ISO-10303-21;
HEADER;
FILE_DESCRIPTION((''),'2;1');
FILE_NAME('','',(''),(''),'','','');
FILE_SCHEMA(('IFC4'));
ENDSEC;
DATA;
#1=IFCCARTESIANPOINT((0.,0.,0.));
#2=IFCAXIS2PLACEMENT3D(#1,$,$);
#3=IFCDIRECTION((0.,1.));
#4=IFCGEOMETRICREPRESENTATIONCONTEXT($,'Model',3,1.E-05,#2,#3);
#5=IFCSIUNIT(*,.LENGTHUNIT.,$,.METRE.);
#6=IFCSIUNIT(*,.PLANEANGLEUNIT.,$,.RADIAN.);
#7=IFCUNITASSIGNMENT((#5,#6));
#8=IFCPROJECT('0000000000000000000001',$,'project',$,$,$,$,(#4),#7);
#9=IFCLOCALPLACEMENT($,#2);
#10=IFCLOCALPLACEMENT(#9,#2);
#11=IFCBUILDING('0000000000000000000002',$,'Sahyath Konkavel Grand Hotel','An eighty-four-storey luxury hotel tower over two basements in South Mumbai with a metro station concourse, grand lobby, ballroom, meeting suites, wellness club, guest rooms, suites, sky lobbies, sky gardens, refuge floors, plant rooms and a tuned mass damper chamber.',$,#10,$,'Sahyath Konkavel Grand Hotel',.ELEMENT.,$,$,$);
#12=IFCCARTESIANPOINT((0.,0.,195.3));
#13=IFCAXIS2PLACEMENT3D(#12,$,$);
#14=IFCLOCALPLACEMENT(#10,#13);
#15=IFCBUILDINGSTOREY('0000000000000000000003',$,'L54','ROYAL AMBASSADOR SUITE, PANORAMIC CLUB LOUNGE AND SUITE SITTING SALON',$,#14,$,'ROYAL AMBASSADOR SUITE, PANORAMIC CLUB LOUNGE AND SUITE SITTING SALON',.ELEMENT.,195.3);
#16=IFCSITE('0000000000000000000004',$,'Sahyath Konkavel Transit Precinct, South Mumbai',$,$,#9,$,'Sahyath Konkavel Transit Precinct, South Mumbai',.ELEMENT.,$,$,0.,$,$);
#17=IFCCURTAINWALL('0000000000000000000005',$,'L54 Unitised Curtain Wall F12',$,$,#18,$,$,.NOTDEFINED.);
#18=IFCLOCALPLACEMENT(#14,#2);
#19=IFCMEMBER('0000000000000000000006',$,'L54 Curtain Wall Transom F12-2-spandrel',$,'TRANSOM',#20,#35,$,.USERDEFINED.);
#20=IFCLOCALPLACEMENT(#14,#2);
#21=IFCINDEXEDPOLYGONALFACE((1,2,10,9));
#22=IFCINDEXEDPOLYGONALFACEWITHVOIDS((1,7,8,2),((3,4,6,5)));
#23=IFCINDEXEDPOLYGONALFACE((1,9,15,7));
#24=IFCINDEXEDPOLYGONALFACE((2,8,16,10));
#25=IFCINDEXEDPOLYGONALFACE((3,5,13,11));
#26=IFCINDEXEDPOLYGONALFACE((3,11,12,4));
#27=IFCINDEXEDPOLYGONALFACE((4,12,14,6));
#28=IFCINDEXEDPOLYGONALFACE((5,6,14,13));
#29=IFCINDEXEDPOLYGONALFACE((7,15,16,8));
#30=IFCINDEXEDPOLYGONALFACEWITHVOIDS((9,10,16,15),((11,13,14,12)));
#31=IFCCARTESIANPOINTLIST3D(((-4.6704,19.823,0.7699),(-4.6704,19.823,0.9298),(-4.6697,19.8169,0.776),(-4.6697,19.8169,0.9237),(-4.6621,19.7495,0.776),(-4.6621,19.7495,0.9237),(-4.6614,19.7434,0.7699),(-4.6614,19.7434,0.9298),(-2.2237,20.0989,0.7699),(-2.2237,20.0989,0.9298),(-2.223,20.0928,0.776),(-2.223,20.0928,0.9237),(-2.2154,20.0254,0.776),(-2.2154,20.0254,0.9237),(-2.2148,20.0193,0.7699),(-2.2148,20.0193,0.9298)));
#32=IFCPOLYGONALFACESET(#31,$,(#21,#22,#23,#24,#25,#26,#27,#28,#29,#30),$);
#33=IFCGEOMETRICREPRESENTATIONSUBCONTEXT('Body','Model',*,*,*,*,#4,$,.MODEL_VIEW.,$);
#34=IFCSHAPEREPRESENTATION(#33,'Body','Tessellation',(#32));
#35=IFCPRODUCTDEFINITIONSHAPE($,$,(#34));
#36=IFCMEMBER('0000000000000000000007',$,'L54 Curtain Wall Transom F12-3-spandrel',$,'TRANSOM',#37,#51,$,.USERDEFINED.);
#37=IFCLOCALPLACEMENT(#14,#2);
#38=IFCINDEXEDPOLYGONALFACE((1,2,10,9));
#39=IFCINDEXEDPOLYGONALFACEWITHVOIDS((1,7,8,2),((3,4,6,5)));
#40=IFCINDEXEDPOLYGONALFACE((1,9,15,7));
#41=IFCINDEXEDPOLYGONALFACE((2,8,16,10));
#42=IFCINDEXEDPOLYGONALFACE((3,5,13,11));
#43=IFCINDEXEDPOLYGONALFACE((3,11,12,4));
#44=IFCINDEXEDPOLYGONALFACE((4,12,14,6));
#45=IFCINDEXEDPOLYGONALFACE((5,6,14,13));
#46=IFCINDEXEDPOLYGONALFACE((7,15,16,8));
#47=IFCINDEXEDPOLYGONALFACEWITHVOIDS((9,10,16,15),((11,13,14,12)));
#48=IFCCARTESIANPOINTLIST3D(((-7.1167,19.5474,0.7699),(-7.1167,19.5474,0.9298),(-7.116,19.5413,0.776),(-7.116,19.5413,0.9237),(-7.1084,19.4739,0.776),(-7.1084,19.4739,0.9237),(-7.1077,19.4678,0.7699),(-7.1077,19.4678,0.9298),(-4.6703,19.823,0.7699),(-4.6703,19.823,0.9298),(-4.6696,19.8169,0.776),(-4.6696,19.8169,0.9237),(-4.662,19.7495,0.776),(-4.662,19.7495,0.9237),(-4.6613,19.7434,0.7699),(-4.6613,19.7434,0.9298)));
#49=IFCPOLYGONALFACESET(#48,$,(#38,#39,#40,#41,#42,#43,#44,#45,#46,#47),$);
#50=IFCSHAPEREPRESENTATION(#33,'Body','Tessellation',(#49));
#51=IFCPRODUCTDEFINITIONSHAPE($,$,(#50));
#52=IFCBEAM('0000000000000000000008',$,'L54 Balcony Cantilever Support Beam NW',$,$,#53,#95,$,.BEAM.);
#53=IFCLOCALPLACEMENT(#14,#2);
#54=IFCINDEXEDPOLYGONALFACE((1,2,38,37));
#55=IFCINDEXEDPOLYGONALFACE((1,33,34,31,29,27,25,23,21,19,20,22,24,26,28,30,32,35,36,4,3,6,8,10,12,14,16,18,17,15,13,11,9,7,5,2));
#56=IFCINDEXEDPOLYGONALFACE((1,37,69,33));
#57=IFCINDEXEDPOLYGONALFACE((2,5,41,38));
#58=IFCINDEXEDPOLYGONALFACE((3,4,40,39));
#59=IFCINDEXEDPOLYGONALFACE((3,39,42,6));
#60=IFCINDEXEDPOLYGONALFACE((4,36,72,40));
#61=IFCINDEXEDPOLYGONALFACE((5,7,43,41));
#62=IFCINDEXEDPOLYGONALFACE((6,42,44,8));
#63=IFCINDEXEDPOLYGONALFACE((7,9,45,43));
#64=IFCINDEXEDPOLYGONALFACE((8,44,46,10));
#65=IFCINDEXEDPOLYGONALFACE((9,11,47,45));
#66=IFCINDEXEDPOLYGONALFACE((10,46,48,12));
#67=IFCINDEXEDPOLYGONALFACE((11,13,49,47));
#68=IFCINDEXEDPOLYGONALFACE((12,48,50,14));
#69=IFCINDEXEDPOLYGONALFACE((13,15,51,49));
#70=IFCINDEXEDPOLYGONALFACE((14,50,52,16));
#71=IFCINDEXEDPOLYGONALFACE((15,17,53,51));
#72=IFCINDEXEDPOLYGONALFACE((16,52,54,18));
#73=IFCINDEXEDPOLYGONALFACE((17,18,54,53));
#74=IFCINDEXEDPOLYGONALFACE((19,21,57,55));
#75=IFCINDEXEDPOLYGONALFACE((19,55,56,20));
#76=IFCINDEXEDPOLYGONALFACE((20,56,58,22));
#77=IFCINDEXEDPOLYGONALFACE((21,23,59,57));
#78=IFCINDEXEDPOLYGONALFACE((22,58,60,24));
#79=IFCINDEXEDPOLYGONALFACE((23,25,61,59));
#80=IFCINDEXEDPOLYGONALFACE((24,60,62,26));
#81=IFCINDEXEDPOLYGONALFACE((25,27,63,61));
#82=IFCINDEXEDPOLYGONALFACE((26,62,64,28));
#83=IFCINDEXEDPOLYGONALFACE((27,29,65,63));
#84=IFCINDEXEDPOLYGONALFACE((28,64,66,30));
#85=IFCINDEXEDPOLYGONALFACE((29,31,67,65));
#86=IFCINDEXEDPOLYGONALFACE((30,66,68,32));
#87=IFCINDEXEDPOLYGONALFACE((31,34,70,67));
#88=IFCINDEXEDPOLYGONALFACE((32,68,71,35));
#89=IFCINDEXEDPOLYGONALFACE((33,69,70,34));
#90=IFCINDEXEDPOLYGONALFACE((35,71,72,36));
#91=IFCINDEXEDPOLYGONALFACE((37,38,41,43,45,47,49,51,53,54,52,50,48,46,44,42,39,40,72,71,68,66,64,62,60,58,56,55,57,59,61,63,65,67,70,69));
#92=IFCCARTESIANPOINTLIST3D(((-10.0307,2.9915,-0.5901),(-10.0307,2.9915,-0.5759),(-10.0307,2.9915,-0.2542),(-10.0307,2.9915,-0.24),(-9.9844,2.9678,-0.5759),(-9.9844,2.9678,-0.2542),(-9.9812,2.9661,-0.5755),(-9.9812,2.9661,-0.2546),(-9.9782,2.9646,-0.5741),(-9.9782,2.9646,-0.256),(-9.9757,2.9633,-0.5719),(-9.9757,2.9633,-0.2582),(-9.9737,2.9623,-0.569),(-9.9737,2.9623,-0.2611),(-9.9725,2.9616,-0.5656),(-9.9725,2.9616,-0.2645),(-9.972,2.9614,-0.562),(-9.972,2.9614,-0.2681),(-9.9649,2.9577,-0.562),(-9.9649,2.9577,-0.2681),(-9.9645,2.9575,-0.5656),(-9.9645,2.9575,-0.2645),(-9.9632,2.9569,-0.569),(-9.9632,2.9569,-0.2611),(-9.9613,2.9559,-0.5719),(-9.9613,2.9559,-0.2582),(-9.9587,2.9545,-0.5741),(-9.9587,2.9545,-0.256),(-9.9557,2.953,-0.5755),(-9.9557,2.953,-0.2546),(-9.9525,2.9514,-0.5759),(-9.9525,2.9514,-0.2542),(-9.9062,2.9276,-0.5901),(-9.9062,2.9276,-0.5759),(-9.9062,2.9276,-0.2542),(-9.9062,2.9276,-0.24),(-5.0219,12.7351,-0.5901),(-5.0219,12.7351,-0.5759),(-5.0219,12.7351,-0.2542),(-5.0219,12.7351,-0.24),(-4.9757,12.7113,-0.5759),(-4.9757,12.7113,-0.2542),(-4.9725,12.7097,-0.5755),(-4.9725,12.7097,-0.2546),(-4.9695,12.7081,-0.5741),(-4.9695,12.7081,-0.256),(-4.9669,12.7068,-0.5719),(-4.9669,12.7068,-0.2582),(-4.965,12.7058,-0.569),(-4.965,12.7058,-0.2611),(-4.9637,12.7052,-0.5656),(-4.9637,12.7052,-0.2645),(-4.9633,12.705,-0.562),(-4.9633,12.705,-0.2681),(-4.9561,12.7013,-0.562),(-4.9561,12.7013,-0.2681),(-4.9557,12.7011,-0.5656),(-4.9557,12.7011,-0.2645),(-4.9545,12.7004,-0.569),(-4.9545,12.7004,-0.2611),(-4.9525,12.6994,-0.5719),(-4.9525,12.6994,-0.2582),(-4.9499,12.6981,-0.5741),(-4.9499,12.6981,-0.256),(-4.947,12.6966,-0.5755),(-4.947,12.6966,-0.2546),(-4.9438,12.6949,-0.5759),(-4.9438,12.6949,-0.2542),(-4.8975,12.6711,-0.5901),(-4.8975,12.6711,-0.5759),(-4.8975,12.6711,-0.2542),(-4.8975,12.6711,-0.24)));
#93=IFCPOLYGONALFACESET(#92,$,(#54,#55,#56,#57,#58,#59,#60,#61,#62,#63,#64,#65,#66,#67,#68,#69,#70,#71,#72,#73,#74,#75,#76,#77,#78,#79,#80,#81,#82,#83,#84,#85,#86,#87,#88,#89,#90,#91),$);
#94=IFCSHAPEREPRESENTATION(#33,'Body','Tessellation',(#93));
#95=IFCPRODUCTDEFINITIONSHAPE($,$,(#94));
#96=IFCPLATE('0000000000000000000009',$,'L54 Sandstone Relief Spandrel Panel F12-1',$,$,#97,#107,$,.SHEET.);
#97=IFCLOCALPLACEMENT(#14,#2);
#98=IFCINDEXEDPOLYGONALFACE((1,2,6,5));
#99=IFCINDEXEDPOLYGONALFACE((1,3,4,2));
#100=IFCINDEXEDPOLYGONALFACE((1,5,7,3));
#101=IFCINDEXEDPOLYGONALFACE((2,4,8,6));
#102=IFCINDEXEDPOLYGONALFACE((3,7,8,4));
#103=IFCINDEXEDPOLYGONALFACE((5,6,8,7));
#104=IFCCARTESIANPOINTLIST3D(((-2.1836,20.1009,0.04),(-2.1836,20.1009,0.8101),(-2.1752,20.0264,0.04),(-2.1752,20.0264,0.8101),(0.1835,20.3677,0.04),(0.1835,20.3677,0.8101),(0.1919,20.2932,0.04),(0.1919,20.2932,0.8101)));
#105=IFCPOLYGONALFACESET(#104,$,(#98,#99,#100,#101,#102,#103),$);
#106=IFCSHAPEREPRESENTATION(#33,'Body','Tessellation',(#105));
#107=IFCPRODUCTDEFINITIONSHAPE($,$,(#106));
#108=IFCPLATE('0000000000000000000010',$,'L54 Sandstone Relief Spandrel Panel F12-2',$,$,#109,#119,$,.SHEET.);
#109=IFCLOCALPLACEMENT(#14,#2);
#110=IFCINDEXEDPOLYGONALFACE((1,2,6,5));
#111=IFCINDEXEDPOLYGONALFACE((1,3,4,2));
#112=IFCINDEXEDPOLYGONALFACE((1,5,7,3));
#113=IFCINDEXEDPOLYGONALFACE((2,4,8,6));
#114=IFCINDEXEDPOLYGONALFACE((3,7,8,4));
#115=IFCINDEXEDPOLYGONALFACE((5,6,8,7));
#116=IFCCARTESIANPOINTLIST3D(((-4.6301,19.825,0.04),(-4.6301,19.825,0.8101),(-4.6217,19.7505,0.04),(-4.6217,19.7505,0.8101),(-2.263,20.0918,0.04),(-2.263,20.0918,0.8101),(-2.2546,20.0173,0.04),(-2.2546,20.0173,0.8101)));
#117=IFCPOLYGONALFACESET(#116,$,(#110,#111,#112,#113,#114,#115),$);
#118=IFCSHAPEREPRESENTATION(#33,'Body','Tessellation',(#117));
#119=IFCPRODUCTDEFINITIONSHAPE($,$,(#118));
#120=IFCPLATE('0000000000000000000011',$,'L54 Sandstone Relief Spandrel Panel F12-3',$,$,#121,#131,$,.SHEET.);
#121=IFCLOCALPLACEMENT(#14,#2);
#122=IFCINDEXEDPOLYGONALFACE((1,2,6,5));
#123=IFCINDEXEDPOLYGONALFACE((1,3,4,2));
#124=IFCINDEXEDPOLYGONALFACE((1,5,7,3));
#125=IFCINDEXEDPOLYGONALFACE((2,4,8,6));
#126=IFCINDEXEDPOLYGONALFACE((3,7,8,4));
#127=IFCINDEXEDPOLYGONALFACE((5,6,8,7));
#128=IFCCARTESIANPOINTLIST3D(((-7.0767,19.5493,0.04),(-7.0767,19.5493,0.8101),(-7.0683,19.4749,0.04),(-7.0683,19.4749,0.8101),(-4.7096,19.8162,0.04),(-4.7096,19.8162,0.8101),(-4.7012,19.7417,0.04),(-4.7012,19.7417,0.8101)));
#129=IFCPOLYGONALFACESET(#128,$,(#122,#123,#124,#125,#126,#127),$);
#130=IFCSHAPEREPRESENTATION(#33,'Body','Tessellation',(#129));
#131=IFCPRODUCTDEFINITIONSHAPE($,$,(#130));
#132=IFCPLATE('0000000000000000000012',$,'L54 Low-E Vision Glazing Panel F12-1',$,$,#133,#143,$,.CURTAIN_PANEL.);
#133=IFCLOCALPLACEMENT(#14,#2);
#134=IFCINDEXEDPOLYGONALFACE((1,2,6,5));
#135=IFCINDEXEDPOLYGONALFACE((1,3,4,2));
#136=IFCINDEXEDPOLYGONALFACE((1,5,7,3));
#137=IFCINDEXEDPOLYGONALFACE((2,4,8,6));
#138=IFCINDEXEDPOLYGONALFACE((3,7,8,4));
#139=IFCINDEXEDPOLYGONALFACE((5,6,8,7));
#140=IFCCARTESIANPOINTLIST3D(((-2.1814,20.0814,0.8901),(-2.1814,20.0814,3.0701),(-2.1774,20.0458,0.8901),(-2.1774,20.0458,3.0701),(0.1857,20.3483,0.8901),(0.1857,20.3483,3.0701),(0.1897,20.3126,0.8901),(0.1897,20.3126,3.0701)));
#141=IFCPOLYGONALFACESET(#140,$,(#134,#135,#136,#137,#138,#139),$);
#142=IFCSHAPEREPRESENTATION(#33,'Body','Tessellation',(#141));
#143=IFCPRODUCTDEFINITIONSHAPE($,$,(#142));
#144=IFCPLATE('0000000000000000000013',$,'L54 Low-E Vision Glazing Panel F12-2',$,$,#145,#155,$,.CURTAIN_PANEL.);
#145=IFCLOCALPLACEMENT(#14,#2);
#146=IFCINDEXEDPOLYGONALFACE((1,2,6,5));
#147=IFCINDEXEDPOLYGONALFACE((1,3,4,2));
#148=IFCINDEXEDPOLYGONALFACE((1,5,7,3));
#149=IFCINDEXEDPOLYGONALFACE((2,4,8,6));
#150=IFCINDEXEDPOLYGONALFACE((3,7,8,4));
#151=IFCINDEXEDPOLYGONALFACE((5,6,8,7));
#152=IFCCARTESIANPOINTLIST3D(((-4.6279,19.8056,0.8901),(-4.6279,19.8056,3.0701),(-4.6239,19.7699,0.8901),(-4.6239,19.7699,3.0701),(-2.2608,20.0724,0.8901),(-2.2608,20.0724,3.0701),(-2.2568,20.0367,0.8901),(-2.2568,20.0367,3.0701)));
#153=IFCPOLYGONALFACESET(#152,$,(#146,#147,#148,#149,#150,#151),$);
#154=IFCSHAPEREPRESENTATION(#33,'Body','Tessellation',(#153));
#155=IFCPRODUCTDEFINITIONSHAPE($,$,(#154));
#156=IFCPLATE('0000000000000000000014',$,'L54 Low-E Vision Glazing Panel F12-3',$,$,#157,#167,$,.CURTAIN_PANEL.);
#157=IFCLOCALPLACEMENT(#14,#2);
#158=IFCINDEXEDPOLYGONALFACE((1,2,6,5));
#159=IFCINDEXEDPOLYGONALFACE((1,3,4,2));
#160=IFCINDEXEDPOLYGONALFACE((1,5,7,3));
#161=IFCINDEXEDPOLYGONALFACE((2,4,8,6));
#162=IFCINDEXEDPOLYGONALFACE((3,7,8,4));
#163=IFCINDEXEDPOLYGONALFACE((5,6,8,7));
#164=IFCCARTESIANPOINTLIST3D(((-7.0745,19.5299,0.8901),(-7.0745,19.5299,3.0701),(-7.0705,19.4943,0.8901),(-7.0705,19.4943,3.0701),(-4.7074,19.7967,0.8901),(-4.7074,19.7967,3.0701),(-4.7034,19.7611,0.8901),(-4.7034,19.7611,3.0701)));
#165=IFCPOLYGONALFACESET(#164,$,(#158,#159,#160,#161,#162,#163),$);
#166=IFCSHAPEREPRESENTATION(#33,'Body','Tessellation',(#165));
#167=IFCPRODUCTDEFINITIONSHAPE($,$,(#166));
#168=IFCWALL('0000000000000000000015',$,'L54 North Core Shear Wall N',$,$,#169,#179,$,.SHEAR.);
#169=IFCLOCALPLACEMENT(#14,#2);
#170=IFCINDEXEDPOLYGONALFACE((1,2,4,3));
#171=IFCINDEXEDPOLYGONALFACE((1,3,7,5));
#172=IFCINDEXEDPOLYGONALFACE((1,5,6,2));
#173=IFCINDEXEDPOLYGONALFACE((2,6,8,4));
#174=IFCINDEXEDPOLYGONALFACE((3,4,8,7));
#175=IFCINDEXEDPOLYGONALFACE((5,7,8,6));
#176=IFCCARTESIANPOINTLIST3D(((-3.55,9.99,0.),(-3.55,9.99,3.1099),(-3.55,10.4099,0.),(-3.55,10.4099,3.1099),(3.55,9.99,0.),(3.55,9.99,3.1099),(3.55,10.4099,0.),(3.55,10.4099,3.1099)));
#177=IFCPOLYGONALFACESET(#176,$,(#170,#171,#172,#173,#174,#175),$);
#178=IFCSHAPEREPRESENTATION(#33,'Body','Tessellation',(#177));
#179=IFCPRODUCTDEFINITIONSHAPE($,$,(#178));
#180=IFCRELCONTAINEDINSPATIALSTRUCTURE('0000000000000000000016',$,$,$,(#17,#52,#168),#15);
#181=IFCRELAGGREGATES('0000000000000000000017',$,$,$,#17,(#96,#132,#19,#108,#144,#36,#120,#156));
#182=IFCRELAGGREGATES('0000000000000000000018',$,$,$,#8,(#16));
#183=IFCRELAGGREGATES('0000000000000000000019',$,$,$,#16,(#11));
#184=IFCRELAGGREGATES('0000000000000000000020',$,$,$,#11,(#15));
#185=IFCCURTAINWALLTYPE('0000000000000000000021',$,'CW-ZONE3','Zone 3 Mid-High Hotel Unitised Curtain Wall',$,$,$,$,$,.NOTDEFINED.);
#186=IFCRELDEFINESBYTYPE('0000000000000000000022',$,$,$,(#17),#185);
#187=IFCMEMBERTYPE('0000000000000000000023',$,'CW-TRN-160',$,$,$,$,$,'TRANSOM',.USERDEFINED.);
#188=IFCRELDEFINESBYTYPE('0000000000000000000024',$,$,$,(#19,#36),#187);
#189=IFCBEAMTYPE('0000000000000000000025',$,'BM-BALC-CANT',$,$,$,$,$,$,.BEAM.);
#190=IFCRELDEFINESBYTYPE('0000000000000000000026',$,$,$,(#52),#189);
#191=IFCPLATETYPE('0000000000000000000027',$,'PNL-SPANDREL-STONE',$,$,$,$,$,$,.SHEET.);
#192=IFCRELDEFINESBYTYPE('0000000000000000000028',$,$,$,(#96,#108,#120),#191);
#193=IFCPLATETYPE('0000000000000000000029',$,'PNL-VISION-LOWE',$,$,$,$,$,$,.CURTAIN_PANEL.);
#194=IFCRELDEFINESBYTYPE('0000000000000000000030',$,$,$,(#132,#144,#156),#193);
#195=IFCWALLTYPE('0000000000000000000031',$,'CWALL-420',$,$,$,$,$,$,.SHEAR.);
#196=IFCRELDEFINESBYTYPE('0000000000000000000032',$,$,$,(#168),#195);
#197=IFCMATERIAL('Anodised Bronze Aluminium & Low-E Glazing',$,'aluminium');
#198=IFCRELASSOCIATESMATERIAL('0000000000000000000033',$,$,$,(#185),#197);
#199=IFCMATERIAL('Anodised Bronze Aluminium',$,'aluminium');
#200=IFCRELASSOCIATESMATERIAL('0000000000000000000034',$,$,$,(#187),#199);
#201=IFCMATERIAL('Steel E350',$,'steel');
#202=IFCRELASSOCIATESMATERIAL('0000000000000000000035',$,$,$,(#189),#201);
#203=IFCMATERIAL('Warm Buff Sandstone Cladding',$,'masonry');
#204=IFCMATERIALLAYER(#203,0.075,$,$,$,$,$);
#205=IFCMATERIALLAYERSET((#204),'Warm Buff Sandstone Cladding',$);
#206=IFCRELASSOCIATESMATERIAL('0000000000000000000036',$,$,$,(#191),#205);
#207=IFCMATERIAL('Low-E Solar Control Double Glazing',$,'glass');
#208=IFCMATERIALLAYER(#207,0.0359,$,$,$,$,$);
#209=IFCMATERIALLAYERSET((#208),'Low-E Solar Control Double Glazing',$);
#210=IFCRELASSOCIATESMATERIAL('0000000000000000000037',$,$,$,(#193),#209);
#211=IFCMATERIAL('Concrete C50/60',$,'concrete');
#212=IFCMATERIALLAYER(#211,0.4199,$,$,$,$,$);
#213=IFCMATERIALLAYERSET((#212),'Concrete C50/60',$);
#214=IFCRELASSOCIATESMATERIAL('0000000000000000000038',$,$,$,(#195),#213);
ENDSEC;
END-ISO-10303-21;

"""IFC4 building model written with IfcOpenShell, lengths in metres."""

from ifc_helpers import new_model, si_unit, direction, frame, frame_2d, origin, origin_2d, place, context, subcontext, project, spatial, rectangle, hollow_rectangle, i_section, extrude, source, transform, mapped, material, layer, layer_set, material_profile, profile_set, type_object, element, aggregate, save


model = new_model("IFC4")

# Units and contexts
model_context = context("Model", 3, precision=1e-05, world=origin(), true_north=direction((0.0, 1.0)))
body_context = subcontext(model_context, "Body", "Model", "MODEL_VIEW")
ifc_project = project(units=[si_unit("LENGTHUNIT", "METRE"), si_unit("PLANEANGLEUNIT", "RADIAN")], contexts=[model_context])

# Site, building, storey
site_placement = place(None, origin())
site = spatial("IfcSite", under=ifc_project, at=site_placement, Name="Sahyath Konkavel Transit Precinct, South Mumbai", LongName="Sahyath Konkavel Transit Precinct, South Mumbai", CompositionType="ELEMENT", RefElevation=0.0)
building_placement = place(site_placement, origin())
building = spatial("IfcBuilding", under=site, at=building_placement, Name="Sahyath Konkavel Grand Hotel", Description="An eighty-four-storey luxury hotel tower over two basements in South Mumbai with a metro station concourse, grand lobby, ballroom, meeting suites, wellness club, guest rooms, suites, sky lobbies, sky gardens, refuge floors, plant rooms and a tuned mass damper chamber.", LongName="Sahyath Konkavel Grand Hotel", CompositionType="ELEMENT")
storey_placement = place(building_placement, frame((0.0, 0.0, 195.3)))
storey = spatial("IfcBuildingStorey", under=building, at=storey_placement, Name="L54", Description="ROYAL AMBASSADOR SUITE, PANORAMIC CLUB LOUNGE AND SUITE SITTING SALON", LongName="ROYAL AMBASSADOR SUITE, PANORAMIC CLUB LOUNGE AND SUITE SITTING SALON", CompositionType="ELEMENT", Elevation=195.3)

# Shared definitions
ifc_material_1 = material(Name="Concrete C50/60", Category="concrete")

# Shared definitions
ifc_material_2 = material(Name="Steel E350", Category="steel")

# Curtain wall, members
ifc_material_3 = material(Name="Anodised Bronze Aluminium & Low-E Glazing", Category="aluminium")
curtain_wall_type = type_object("IfcCurtainWallType", Name="CW-ZONE3", Description="Zone 3 Mid-High Hotel Unitised Curtain Wall", PredefinedType="NOTDEFINED", material=ifc_material_3)
curtain_wall_placement = place(storey_placement, origin())
curtain_wall = element("IfcCurtainWall", 1, at=curtain_wall_placement, inside=storey, type_object=curtain_wall_type, Name="L54 Unitised Curtain Wall F12", PredefinedType="NOTDEFINED")
ifc_material_4 = material(Name="Anodised Bronze Aluminium", Category="aluminium")
ifc_material_profile_1 = material_profile(ifc_material_4, hollow_rectangle(XDim=0.0801, YDim=0.1599, WallThickness=0.0061, at=origin_2d()), Name="RHS 160x80x6")
ifc_profile_set_1 = profile_set([ifc_material_profile_1], Name="Anodised Bronze Aluminium")
member_type_1 = type_object("IfcMemberType", Name="CW-TRN-160", ElementType="TRANSOM", PredefinedType="USERDEFINED", material=ifc_profile_set_1)
shared_shape_1 = source(origin(), body_context, "Body", "SweptSolid", [
    extrude(hollow_rectangle(XDim=0.0801, YDim=0.1599, WallThickness=0.0061, at=origin_2d()), origin(), (0.0, 0.0, 1.0), 2.4622),
])
member_1_placement = place(storey_placement, frame((-2.2192, 20.0591, 0.8499), z_axis=(-0.993702, -0.112053, 0.0), x_axis=(0.112053, -0.993702, 0.0)))
member_1 = element("IfcMember", 2, at=member_1_placement, type_object=member_type_1, Name="L54 Curtain Wall Transom F12-2-spandrel", ObjectType="TRANSOM", PredefinedType="USERDEFINED", context=body_context, shape_type="MappedRepresentation", body=[
    mapped(shared_shape_1, transform((0.0, 0.0, 0.0), scale=1.0)),
])
shared_shape_2 = source(origin(), body_context, "Body", "SweptSolid", [
    extrude(hollow_rectangle(XDim=0.0801, YDim=0.1599, WallThickness=0.0061, at=origin_2d()), origin(), (0.0, 0.0, 1.0), 2.4619),
])
member_2_placement = place(storey_placement, frame((-4.6658, 19.7832, 0.8499), z_axis=(-0.993713, -0.111955, 0.0), x_axis=(0.111955, -0.993713, 0.0)))
member_2 = element("IfcMember", 3, at=member_2_placement, type_object=member_type_1, Name="L54 Curtain Wall Transom F12-3-spandrel", ObjectType="TRANSOM", PredefinedType="USERDEFINED", context=body_context, shape_type="MappedRepresentation", body=[
    mapped(shared_shape_2, transform((0.0, 0.0, 0.0), scale=1.0)),
])

# Beam
ifc_material_profile_2 = material_profile(ifc_material_2, i_section(OverallWidth=0.1399, OverallDepth=0.3501, WebThickness=0.0081, FlangeThickness=0.0142, FilletRadius=0.0139, at=origin_2d()), Name="ISMB 350")
ifc_profile_set_2 = profile_set([ifc_material_profile_2], Name="Steel E350")
beam_type_1 = type_object("IfcBeamType", Name="BM-BALC-CANT", PredefinedType="BEAM", material=ifc_profile_set_2)
shared_shape_3 = source(origin(), body_context, "Body", "SweptSolid", [
    extrude(i_section(OverallWidth=0.1399, OverallDepth=0.3501, WebThickness=0.0081, FlangeThickness=0.0142, FilletRadius=0.0139, at=origin_2d()), origin(), (0.0, 0.0, 1.0), 10.9556),
])
beam_1_placement = place(storey_placement, frame((-4.9597, 12.7031, -0.415), z_axis=(-0.457187, -0.889371, 0.0), x_axis=(0.889371, -0.457187, 0.0)))
element("IfcBeam", 4, at=beam_1_placement, inside=storey, type_object=beam_type_1, Name="L54 Balcony Cantilever Support Beam NW", PredefinedType="BEAM", context=body_context, shape_type="MappedRepresentation", body=[
    mapped(shared_shape_3, transform((0.0, 0.0, 0.0), scale=1.0)),
])

# Plates
ifc_material_5 = material(Name="Warm Buff Sandstone Cladding", Category="masonry")
ifc_layer_1 = layer(ifc_material_5, 0.075)
ifc_layer_set_1 = layer_set([ifc_layer_1], Name="Warm Buff Sandstone Cladding")
plate_type_1 = type_object("IfcPlateType", Name="PNL-SPANDREL-STONE", PredefinedType="SHEET", material=ifc_layer_set_1)
shared_shape_4 = source(origin(), body_context, "Body", "SweptSolid", [
    extrude(rectangle(XDim=2.3821, YDim=0.075, at=origin_2d()), origin(), (0.0, 0.0, 1.0), 0.77),
])
plate_1_placement = place(storey_placement, frame((-0.9958, 20.197, 0.04), z_axis=(0.0, 0.0, 1.0), x_axis=(-0.993707, -0.112007, 0.0)))
plate_1 = element("IfcPlate", 5, at=plate_1_placement, type_object=plate_type_1, Name="L54 Sandstone Relief Spandrel Panel F12-1", PredefinedType="SHEET", context=body_context, shape_type="MappedRepresentation", body=[
    mapped(shared_shape_4, transform((0.0, 0.0, 0.0), scale=1.0)),
])
plate_2_placement = place(storey_placement, frame((-3.4424, 19.9211, 0.04), z_axis=(0.0, 0.0, 1.0), x_axis=(-0.993707, -0.112007, 0.0)))
plate_2 = element("IfcPlate", 6, at=plate_2_placement, type_object=plate_type_1, Name="L54 Sandstone Relief Spandrel Panel F12-2", PredefinedType="SHEET", context=body_context, shape_type="MappedRepresentation", body=[
    mapped(shared_shape_4, transform((0.0, 0.0, 0.0), scale=1.0)),
])
plate_3_placement = place(storey_placement, frame((-5.8889, 19.6455, 0.04), z_axis=(0.0, 0.0, 1.0), x_axis=(-0.993707, -0.112007, 0.0)))
plate_3 = element("IfcPlate", 7, at=plate_3_placement, type_object=plate_type_1, Name="L54 Sandstone Relief Spandrel Panel F12-3", PredefinedType="SHEET", context=body_context, shape_type="MappedRepresentation", body=[
    mapped(shared_shape_4, transform((0.0, 0.0, 0.0), scale=1.0)),
])
ifc_material_6 = material(Name="Low-E Solar Control Double Glazing", Category="glass")
ifc_layer_2 = layer(ifc_material_6, 0.0359)
ifc_layer_set_2 = layer_set([ifc_layer_2], Name="Low-E Solar Control Double Glazing")
plate_type_2 = type_object("IfcPlateType", Name="PNL-VISION-LOWE", PredefinedType="CURTAIN_PANEL", material=ifc_layer_set_2)
shared_shape_5 = source(origin(), body_context, "Body", "SweptSolid", [
    extrude(rectangle(XDim=2.3821, YDim=0.0359, at=origin_2d()), origin(), (0.0, 0.0, 1.0), 2.1799),
])
plate_4_placement = place(storey_placement, frame((-0.9958, 20.197, 0.8901), z_axis=(0.0, 0.0, 1.0), x_axis=(-0.993707, -0.112007, 0.0)))
plate_4 = element("IfcPlate", 8, at=plate_4_placement, type_object=plate_type_2, Name="L54 Low-E Vision Glazing Panel F12-1", PredefinedType="CURTAIN_PANEL", context=body_context, shape_type="MappedRepresentation", body=[
    mapped(shared_shape_5, transform((0.0, 0.0, 0.0), scale=1.0)),
])
plate_5_placement = place(storey_placement, frame((-3.4424, 19.9211, 0.8901), z_axis=(0.0, 0.0, 1.0), x_axis=(-0.993707, -0.112007, 0.0)))
plate_5 = element("IfcPlate", 9, at=plate_5_placement, type_object=plate_type_2, Name="L54 Low-E Vision Glazing Panel F12-2", PredefinedType="CURTAIN_PANEL", context=body_context, shape_type="MappedRepresentation", body=[
    mapped(shared_shape_5, transform((0.0, 0.0, 0.0), scale=1.0)),
])
plate_6_placement = place(storey_placement, frame((-5.8889, 19.6455, 0.8901), z_axis=(0.0, 0.0, 1.0), x_axis=(-0.993707, -0.112007, 0.0)))
plate_6 = element("IfcPlate", 10, at=plate_6_placement, type_object=plate_type_2, Name="L54 Low-E Vision Glazing Panel F12-3", PredefinedType="CURTAIN_PANEL", context=body_context, shape_type="MappedRepresentation", body=[
    mapped(shared_shape_5, transform((0.0, 0.0, 0.0), scale=1.0)),
])
aggregate(curtain_wall, [plate_1, plate_4, member_1, plate_2, plate_5, member_2, plate_3, plate_6])

# Wall
ifc_layer_3 = layer(ifc_material_1, 0.4199)
ifc_layer_set_3 = layer_set([ifc_layer_3], Name="Concrete C50/60")
wall_type = type_object("IfcWallType", Name="CWALL-420", PredefinedType="SHEAR", material=ifc_layer_set_3)
wall_placement = place(storey_placement, frame((-3.55, 10.2, 0.0), z_axis=(0.0, 0.0, 1.0), x_axis=(1.0, 0.0, 0.0)))
element("IfcWall", 11, at=wall_placement, inside=storey, type_object=wall_type, Name="L54 North Core Shear Wall N", PredefinedType="SHEAR", context=body_context, shape_type="SweptSolid", body=[
    extrude(rectangle(XDim=7.1001, YDim=0.4199, at=frame_2d((3.55, 0.0))), origin(), (0.0, 0.0, 1.0), 3.1099),
])

save(model, "model.ifc")
